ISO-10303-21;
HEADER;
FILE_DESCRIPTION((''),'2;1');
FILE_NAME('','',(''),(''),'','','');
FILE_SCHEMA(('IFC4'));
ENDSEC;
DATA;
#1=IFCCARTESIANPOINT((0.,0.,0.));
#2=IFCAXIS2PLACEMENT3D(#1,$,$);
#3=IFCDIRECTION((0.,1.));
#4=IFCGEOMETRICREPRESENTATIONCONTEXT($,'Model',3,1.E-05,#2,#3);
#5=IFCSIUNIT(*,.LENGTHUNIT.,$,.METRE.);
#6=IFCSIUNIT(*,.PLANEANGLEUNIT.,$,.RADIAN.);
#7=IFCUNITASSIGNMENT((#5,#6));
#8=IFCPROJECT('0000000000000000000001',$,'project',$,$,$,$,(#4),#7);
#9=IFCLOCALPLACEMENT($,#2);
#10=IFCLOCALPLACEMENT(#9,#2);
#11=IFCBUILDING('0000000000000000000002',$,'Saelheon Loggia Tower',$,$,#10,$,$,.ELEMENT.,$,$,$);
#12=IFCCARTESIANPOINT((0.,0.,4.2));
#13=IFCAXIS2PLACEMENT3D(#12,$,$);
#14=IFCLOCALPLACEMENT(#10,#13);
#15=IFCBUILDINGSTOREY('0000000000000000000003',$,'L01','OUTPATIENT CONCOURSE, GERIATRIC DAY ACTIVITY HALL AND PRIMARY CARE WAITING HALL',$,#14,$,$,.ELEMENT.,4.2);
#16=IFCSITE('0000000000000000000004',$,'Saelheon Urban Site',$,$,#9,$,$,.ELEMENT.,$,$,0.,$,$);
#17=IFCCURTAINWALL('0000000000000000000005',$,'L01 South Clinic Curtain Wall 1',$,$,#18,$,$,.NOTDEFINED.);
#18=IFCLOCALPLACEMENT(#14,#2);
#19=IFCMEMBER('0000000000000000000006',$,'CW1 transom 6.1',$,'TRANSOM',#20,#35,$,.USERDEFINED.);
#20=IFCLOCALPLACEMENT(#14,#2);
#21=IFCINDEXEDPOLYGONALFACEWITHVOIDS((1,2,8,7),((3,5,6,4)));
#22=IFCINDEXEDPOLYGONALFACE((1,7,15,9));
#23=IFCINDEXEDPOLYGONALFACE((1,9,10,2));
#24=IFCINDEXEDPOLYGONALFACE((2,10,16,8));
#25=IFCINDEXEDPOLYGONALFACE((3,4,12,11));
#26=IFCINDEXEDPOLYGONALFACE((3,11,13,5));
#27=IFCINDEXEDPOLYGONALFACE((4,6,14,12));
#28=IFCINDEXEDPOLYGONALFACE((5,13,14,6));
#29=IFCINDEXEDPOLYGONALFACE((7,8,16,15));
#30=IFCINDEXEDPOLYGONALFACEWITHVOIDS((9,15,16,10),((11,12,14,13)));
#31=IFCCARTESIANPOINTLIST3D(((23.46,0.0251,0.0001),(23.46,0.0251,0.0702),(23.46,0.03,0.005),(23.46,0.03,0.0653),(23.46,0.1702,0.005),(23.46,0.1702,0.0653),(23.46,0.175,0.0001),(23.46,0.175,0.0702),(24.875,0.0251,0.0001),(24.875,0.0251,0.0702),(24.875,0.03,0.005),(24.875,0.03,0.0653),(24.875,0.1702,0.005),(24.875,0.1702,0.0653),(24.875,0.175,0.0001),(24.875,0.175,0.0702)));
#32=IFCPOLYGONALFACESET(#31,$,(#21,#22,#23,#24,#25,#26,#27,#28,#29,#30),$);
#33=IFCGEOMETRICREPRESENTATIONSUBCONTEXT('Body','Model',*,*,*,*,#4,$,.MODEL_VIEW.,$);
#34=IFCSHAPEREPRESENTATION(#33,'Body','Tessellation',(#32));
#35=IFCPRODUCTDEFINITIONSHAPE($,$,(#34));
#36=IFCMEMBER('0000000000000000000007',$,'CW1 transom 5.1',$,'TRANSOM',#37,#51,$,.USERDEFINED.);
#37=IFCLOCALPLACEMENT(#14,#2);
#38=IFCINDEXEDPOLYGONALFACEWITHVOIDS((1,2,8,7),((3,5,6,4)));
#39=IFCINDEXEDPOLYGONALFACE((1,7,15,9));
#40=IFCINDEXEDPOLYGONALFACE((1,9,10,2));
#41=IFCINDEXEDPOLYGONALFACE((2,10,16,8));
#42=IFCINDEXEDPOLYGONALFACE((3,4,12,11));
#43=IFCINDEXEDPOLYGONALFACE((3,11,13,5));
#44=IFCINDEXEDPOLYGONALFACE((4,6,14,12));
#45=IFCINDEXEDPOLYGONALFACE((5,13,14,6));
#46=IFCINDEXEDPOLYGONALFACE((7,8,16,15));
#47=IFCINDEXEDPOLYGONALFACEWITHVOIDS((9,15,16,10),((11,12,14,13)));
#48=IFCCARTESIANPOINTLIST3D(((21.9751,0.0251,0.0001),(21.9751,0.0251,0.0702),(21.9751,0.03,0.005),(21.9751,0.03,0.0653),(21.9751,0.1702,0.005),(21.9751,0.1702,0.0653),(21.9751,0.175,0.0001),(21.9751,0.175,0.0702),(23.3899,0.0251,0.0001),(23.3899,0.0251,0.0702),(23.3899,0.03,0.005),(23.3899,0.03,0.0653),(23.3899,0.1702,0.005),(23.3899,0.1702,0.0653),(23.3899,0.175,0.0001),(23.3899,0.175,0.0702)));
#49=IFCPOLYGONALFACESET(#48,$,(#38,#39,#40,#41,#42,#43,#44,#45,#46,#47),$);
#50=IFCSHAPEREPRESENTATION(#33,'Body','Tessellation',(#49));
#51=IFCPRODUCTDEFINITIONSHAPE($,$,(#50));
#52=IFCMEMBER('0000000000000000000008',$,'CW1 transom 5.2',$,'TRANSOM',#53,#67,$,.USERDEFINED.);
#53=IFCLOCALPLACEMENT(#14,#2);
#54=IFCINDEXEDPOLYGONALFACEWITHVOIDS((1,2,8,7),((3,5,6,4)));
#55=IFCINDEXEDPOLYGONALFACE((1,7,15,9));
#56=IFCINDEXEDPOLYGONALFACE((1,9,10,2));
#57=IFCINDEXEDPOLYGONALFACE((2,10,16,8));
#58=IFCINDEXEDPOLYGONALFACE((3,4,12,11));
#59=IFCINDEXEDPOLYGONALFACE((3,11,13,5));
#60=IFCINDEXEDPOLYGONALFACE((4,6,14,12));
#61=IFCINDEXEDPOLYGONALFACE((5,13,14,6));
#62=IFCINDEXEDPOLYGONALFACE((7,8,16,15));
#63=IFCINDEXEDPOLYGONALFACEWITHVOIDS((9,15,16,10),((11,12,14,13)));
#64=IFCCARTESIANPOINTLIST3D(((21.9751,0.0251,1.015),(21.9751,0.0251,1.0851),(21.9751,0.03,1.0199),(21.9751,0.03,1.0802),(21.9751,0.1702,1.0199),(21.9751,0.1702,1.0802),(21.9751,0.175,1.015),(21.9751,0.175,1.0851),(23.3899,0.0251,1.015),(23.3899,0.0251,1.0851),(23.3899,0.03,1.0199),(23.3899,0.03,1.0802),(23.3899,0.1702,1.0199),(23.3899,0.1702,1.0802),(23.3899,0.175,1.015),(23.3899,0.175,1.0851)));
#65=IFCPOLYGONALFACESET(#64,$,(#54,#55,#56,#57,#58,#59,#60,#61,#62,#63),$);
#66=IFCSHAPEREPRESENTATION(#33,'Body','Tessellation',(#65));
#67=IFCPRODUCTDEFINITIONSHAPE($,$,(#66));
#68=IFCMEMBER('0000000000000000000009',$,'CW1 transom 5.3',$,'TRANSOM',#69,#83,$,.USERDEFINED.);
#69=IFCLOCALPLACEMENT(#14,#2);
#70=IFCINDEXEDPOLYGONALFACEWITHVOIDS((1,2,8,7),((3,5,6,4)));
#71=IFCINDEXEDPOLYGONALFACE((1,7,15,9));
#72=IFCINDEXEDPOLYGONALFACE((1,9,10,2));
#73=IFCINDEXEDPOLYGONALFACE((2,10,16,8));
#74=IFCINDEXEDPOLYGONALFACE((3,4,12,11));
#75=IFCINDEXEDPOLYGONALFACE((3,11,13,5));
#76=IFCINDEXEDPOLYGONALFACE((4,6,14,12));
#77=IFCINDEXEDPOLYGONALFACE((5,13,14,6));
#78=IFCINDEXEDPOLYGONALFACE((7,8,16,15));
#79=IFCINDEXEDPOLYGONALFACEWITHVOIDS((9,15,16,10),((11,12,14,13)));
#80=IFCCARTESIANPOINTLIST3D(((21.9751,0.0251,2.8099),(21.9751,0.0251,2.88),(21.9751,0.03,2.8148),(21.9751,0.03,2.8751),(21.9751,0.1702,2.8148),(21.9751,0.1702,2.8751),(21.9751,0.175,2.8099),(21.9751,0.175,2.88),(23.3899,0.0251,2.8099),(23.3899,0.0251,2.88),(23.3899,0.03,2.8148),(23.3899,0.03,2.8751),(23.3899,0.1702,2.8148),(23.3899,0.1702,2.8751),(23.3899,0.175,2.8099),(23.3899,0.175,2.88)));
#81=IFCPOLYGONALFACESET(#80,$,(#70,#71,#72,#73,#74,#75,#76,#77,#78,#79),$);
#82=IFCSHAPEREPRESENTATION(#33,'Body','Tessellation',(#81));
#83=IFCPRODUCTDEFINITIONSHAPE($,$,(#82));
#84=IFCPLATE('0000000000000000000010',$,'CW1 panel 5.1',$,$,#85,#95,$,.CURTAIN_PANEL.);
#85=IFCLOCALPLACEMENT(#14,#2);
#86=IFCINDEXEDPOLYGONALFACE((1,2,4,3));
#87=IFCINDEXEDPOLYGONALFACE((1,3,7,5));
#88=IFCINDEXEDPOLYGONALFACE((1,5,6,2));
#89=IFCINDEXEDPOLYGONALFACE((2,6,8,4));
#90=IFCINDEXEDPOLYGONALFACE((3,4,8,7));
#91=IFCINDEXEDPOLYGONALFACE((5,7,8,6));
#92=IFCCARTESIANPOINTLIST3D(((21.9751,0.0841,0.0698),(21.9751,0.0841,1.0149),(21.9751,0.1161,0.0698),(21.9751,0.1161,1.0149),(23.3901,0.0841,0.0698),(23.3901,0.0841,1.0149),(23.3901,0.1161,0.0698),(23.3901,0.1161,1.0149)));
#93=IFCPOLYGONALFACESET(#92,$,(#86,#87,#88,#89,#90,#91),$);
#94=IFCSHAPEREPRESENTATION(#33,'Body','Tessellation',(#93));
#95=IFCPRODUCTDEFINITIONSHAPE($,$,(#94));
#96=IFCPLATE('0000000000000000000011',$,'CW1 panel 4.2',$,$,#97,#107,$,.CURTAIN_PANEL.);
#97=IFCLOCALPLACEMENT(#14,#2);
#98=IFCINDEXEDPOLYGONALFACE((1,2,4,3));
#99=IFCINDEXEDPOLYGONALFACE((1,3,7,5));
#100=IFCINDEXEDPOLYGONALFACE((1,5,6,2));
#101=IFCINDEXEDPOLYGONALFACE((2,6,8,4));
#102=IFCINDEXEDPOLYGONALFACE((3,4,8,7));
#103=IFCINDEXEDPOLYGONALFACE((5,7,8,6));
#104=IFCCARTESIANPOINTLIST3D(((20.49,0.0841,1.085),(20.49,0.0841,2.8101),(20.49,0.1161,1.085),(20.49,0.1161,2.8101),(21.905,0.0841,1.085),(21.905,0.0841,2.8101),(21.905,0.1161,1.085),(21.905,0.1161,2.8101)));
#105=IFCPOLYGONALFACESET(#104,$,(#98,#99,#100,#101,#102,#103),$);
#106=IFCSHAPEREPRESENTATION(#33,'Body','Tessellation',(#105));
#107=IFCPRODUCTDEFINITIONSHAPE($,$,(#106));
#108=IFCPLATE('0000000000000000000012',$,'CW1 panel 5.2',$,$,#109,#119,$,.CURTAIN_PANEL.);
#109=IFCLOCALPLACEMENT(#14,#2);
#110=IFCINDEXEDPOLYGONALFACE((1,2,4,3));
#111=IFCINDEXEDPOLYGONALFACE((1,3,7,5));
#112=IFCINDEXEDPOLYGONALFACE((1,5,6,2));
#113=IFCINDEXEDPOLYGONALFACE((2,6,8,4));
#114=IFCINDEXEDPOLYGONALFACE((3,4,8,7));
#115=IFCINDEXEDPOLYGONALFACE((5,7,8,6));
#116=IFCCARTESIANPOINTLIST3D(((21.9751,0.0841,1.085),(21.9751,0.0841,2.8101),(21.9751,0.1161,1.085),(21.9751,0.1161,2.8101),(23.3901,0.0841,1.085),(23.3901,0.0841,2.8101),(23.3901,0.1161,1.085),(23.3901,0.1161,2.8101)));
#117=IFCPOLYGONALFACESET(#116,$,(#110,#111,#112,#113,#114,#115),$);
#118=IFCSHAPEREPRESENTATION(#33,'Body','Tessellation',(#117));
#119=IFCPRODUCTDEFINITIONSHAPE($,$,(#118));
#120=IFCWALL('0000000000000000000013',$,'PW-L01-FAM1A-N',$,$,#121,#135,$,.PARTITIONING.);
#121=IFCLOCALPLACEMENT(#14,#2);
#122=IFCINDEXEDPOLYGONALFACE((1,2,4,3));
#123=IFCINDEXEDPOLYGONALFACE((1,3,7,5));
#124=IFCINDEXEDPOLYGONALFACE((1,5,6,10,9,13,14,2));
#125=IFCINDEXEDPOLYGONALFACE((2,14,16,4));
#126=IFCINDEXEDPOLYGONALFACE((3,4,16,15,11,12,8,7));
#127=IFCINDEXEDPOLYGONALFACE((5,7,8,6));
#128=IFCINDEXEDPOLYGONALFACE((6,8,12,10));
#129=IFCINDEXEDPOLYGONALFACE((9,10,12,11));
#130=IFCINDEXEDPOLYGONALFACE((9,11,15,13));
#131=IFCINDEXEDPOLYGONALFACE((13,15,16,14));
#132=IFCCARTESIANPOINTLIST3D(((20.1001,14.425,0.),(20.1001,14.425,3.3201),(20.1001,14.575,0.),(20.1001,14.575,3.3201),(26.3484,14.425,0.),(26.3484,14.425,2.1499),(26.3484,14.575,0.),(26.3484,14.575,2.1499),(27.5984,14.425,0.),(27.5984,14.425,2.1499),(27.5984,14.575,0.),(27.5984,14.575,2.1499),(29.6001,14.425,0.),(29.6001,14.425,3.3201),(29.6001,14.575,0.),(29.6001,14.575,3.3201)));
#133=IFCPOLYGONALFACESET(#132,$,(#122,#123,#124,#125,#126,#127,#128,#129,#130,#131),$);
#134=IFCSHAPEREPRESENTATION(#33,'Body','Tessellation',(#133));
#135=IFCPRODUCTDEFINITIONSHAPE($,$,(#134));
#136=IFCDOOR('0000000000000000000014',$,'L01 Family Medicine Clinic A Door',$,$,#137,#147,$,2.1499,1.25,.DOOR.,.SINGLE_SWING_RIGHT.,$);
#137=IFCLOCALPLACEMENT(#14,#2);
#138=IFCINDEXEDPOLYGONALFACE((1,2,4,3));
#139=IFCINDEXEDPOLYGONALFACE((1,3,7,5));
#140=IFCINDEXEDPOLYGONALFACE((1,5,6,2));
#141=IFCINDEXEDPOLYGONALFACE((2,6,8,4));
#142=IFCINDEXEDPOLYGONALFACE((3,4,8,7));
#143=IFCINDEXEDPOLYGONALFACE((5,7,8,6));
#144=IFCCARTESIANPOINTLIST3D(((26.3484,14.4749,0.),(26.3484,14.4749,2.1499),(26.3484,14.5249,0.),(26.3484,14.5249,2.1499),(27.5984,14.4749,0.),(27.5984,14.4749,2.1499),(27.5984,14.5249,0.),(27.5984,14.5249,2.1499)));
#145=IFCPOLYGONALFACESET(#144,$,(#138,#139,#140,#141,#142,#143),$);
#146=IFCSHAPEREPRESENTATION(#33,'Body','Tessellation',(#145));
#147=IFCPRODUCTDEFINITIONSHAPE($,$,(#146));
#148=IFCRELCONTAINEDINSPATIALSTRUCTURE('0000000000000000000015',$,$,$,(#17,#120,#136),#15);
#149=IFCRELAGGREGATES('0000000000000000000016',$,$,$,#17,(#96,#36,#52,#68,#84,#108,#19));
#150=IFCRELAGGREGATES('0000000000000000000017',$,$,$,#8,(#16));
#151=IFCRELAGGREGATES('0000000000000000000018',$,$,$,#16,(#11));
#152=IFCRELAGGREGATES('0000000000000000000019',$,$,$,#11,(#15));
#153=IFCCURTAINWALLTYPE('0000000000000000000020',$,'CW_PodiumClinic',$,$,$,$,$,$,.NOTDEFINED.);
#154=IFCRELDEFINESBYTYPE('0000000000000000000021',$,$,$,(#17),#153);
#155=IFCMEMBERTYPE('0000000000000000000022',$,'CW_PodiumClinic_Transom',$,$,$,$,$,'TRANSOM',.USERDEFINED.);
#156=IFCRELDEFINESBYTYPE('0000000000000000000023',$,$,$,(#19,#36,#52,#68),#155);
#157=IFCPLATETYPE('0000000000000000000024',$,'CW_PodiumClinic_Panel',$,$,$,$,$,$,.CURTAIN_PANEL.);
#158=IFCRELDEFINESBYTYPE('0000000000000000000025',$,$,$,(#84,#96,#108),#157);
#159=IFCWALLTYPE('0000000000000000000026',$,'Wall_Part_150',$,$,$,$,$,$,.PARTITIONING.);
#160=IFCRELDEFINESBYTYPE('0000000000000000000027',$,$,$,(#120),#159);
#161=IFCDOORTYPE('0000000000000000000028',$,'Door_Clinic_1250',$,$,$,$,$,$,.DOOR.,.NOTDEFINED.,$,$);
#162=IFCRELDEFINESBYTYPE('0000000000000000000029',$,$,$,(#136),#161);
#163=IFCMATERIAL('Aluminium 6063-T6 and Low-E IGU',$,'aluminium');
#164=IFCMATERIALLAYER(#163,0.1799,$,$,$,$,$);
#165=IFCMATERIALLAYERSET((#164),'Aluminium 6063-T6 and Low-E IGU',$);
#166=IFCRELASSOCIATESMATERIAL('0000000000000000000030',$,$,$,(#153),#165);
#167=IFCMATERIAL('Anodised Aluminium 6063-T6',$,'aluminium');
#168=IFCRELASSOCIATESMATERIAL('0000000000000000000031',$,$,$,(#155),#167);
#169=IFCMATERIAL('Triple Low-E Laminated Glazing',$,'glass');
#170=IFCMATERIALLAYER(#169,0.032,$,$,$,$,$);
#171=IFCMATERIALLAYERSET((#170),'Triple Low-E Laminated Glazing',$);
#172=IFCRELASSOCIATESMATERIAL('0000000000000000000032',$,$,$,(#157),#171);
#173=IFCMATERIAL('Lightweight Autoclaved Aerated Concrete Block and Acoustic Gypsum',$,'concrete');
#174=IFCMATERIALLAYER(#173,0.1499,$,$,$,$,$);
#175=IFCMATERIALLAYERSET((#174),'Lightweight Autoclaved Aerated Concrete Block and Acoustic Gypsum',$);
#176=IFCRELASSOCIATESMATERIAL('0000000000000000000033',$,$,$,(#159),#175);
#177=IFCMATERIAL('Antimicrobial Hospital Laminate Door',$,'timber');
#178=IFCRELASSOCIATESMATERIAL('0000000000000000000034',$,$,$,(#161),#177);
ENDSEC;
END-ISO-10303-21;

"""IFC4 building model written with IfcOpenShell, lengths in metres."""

from ifc_helpers import new_model, si_unit, direction, frame, frame_2d, origin, origin_2d, place, context, subcontext, project, spatial, rectangle, hollow_rectangle, extrude, source, transform, mapped, material, layer, layer_set, material_profile, profile_set, type_object, element, fill, aggregate, save


model = new_model("IFC4")

# Units and contexts
model_context = context("Model", 3, precision=1e-05, world=origin(), true_north=direction((0.0, 1.0)))
body_context = subcontext(model_context, "Body", "Model", "MODEL_VIEW")
ifc_project = project(units=[si_unit("LENGTHUNIT", "METRE"), si_unit("PLANEANGLEUNIT", "RADIAN")], contexts=[model_context])

# Site, building, storey
site_placement = place(None, origin())
site = spatial("IfcSite", under=ifc_project, at=site_placement, Name="Saelheon Urban Site", CompositionType="ELEMENT", RefElevation=0.0)
building_placement = place(site_placement, origin())
building = spatial("IfcBuilding", under=site, at=building_placement, Name="Saelheon Loggia Tower", CompositionType="ELEMENT")
storey_placement = place(building_placement, frame((0.0, 0.0, 4.2)))
storey = spatial("IfcBuildingStorey", under=building, at=storey_placement, Name="L01", Description="OUTPATIENT CONCOURSE, GERIATRIC DAY ACTIVITY HALL AND PRIMARY CARE WAITING HALL", CompositionType="ELEMENT", Elevation=4.2)

# Curtain wall, members, plates
ifc_material_1 = material(Name="Aluminium 6063-T6 and Low-E IGU", Category="aluminium")
ifc_layer_1 = layer(ifc_material_1, 0.1799)
ifc_layer_set_1 = layer_set([ifc_layer_1], Name="Aluminium 6063-T6 and Low-E IGU")
curtain_wall_type = type_object("IfcCurtainWallType", Name="CW_PodiumClinic", PredefinedType="NOTDEFINED", material=ifc_layer_set_1)
curtain_wall_placement = place(storey_placement, origin())
curtain_wall = element("IfcCurtainWall", 1, at=curtain_wall_placement, inside=storey, type_object=curtain_wall_type, Name="L01 South Clinic Curtain Wall 1", PredefinedType="NOTDEFINED")
ifc_material_2 = material(Name="Anodised Aluminium 6063-T6", Category="aluminium")
ifc_material_profile_1 = material_profile(ifc_material_2, hollow_rectangle(XDim=0.0701, YDim=0.1499, WallThickness=0.0049, at=origin_2d()), Name="RHS-150x70x5")
ifc_profile_set_1 = profile_set([ifc_material_profile_1], Name="Anodised Aluminium 6063-T6")
member_type_1 = type_object("IfcMemberType", Name="CW_PodiumClinic_Transom", ElementType="TRANSOM", PredefinedType="USERDEFINED", material=ifc_profile_set_1)
shared_shape_1 = source(origin(), body_context, "Body", "SweptSolid", [
    extrude(hollow_rectangle(XDim=0.0701, YDim=0.1499, WallThickness=0.0049, at=origin_2d()), origin(), (0.0, 0.0, 1.0), 1.415),
])
member_1_placement = place(storey_placement, frame((23.46, 0.1001, 0.0352), z_axis=(1.0, 0.0, 0.0), x_axis=(0.0, 0.0, 1.0)))
member_1 = element("IfcMember", 2, at=member_1_placement, type_object=member_type_1, Name="CW1 transom 6.1", ObjectType="TRANSOM", PredefinedType="USERDEFINED", context=body_context, shape_type="MappedRepresentation", body=[
    mapped(shared_shape_1, transform((0.0, 0.0, 0.0), scale=1.0)),
])
shared_shape_2 = source(origin(), body_context, "Body", "SweptSolid", [
    extrude(hollow_rectangle(XDim=0.0701, YDim=0.1499, WallThickness=0.0049, at=origin_2d()), origin(), (0.0, 0.0, 1.0), 1.4148),
])
member_2_placement = place(storey_placement, frame((21.9751, 0.1001, 0.0352), z_axis=(1.0, 0.0, 0.0), x_axis=(0.0, 0.0, 1.0)))
member_2 = element("IfcMember", 3, at=member_2_placement, type_object=member_type_1, Name="CW1 transom 5.1", ObjectType="TRANSOM", PredefinedType="USERDEFINED", context=body_context, shape_type="MappedRepresentation", body=[
    mapped(shared_shape_2, transform((0.0, 0.0, 0.0), scale=1.0)),
])
member_3_placement = place(storey_placement, frame((21.9751, 0.1001, 1.05), z_axis=(1.0, 0.0, 0.0), x_axis=(0.0, 0.0, 1.0)))
member_3 = element("IfcMember", 4, at=member_3_placement, type_object=member_type_1, Name="CW1 transom 5.2", ObjectType="TRANSOM", PredefinedType="USERDEFINED", context=body_context, shape_type="MappedRepresentation", body=[
    mapped(shared_shape_2, transform((0.0, 0.0, 0.0), scale=1.0)),
])
member_4_placement = place(storey_placement, frame((21.9751, 0.1001, 2.845), z_axis=(1.0, 0.0, 0.0), x_axis=(0.0, 0.0, 1.0)))
member_4 = element("IfcMember", 5, at=member_4_placement, type_object=member_type_1, Name="CW1 transom 5.3", ObjectType="TRANSOM", PredefinedType="USERDEFINED", context=body_context, shape_type="MappedRepresentation", body=[
    mapped(shared_shape_2, transform((0.0, 0.0, 0.0), scale=1.0)),
])
ifc_material_3 = material(Name="Triple Low-E Laminated Glazing", Category="glass")
ifc_layer_2 = layer(ifc_material_3, 0.032)
ifc_layer_set_2 = layer_set([ifc_layer_2], Name="Triple Low-E Laminated Glazing")
plate_type = type_object("IfcPlateType", Name="CW_PodiumClinic_Panel", PredefinedType="CURTAIN_PANEL", material=ifc_layer_set_2)
shared_shape_3 = source(origin(), body_context, "Body", "SweptSolid", [
    extrude(rectangle(XDim=1.415, YDim=0.032, at=origin_2d()), origin(), (0.0, 0.0, 1.0), 0.9451),
])
plate_1_placement = place(storey_placement, frame((22.6826, 0.1001, 0.0698), z_axis=(0.0, 0.0, 1.0), x_axis=(1.0, 0.0, 0.0)))
plate_1 = element("IfcPlate", 6, at=plate_1_placement, type_object=plate_type, Name="CW1 panel 5.1", PredefinedType="CURTAIN_PANEL", context=body_context, shape_type="MappedRepresentation", body=[
    mapped(shared_shape_3, transform((0.0, 0.0, 0.0), scale=1.0)),
])
shared_shape_4 = source(origin(), body_context, "Body", "SweptSolid", [
    extrude(rectangle(XDim=1.415, YDim=0.032, at=origin_2d()), origin(), (0.0, 0.0, 1.0), 1.7251),
])
plate_2_placement = place(storey_placement, frame((21.1975, 0.1001, 1.085), z_axis=(0.0, 0.0, 1.0), x_axis=(1.0, 0.0, 0.0)))
plate_2 = element("IfcPlate", 7, at=plate_2_placement, type_object=plate_type, Name="CW1 panel 4.2", PredefinedType="CURTAIN_PANEL", context=body_context, shape_type="MappedRepresentation", body=[
    mapped(shared_shape_4, transform((0.0, 0.0, 0.0), scale=1.0)),
])
plate_3_placement = place(storey_placement, frame((22.6826, 0.1001, 1.085), z_axis=(0.0, 0.0, 1.0), x_axis=(1.0, 0.0, 0.0)))
plate_3 = element("IfcPlate", 8, at=plate_3_placement, type_object=plate_type, Name="CW1 panel 5.2", PredefinedType="CURTAIN_PANEL", context=body_context, shape_type="MappedRepresentation", body=[
    mapped(shared_shape_4, transform((0.0, 0.0, 0.0), scale=1.0)),
])
aggregate(curtain_wall, [plate_2, member_2, member_3, member_4, plate_1, plate_3, member_1])

# Wall, opening, door
ifc_material_4 = material(Name="Lightweight Autoclaved Aerated Concrete Block and Acoustic Gypsum", Category="concrete")
ifc_layer_3 = layer(ifc_material_4, 0.1499)
ifc_layer_set_3 = layer_set([ifc_layer_3], Name="Lightweight Autoclaved Aerated Concrete Block and Acoustic Gypsum")
wall_type = type_object("IfcWallType", Name="Wall_Part_150", PredefinedType="PARTITIONING", material=ifc_layer_set_3)
wall_placement = place(storey_placement, frame((20.1001, 14.5, 0.0), z_axis=(0.0, 0.0, 1.0), x_axis=(1.0, 0.0, 0.0)))
wall = element("IfcWall", 9, at=wall_placement, inside=storey, type_object=wall_type, Name="PW-L01-FAM1A-N", PredefinedType="PARTITIONING", context=body_context, shape_type="SweptSolid", body=[
    extrude(rectangle(XDim=9.5, YDim=0.1499, at=frame_2d((4.75, 0.0))), origin(), (0.0, 0.0, 1.0), 3.3201),
])
opening_placement = place(wall_placement, frame((6.2483, 0.0, 0.0)))
opening = element("IfcOpeningElement", 10, at=opening_placement, cuts=wall, PredefinedType="OPENING", context=body_context, shape_type="SweptSolid", body=[
    extrude(rectangle(XDim=1.25, YDim=2.1499, at=frame_2d((0.625, 1.075))), frame((0.0, 0.0869, 0.0), z_axis=(0.0, -1.0, 0.0), x_axis=(1.0, 0.0, 0.0)), (0.0, 0.0, 1.0), 0.1738),
])
ifc_material_5 = material(Name="Antimicrobial Hospital Laminate Door", Category="timber")
door_type = type_object("IfcDoorType", Name="Door_Clinic_1250", OperationType="NOTDEFINED", PredefinedType="DOOR", material=ifc_material_5)
shared_shape_5 = source(origin(), body_context, "Body", "SweptSolid", [
    extrude(rectangle(XDim=1.25, YDim=2.1499, at=frame_2d((0.625, 1.075))), frame((0.0, 0.0249, 0.0), z_axis=(0.0, -1.0, 0.0), x_axis=(1.0, 0.0, 0.0)), (0.0, 0.0, 1.0), 0.05),
])
door_placement = place(opening_placement, origin())
door = element("IfcDoor", 11, at=door_placement, inside=storey, type_object=door_type, Name="L01 Family Medicine Clinic A Door", OperationType="SINGLE_SWING_RIGHT", OverallHeight=2.1499, OverallWidth=1.25, PredefinedType="DOOR", context=body_context, shape_type="MappedRepresentation", body=[
    mapped(shared_shape_5, transform((0.0, 0.0, 0.0), scale=1.0)),
])
fill(opening, door)

save(model, "model.ifc")
